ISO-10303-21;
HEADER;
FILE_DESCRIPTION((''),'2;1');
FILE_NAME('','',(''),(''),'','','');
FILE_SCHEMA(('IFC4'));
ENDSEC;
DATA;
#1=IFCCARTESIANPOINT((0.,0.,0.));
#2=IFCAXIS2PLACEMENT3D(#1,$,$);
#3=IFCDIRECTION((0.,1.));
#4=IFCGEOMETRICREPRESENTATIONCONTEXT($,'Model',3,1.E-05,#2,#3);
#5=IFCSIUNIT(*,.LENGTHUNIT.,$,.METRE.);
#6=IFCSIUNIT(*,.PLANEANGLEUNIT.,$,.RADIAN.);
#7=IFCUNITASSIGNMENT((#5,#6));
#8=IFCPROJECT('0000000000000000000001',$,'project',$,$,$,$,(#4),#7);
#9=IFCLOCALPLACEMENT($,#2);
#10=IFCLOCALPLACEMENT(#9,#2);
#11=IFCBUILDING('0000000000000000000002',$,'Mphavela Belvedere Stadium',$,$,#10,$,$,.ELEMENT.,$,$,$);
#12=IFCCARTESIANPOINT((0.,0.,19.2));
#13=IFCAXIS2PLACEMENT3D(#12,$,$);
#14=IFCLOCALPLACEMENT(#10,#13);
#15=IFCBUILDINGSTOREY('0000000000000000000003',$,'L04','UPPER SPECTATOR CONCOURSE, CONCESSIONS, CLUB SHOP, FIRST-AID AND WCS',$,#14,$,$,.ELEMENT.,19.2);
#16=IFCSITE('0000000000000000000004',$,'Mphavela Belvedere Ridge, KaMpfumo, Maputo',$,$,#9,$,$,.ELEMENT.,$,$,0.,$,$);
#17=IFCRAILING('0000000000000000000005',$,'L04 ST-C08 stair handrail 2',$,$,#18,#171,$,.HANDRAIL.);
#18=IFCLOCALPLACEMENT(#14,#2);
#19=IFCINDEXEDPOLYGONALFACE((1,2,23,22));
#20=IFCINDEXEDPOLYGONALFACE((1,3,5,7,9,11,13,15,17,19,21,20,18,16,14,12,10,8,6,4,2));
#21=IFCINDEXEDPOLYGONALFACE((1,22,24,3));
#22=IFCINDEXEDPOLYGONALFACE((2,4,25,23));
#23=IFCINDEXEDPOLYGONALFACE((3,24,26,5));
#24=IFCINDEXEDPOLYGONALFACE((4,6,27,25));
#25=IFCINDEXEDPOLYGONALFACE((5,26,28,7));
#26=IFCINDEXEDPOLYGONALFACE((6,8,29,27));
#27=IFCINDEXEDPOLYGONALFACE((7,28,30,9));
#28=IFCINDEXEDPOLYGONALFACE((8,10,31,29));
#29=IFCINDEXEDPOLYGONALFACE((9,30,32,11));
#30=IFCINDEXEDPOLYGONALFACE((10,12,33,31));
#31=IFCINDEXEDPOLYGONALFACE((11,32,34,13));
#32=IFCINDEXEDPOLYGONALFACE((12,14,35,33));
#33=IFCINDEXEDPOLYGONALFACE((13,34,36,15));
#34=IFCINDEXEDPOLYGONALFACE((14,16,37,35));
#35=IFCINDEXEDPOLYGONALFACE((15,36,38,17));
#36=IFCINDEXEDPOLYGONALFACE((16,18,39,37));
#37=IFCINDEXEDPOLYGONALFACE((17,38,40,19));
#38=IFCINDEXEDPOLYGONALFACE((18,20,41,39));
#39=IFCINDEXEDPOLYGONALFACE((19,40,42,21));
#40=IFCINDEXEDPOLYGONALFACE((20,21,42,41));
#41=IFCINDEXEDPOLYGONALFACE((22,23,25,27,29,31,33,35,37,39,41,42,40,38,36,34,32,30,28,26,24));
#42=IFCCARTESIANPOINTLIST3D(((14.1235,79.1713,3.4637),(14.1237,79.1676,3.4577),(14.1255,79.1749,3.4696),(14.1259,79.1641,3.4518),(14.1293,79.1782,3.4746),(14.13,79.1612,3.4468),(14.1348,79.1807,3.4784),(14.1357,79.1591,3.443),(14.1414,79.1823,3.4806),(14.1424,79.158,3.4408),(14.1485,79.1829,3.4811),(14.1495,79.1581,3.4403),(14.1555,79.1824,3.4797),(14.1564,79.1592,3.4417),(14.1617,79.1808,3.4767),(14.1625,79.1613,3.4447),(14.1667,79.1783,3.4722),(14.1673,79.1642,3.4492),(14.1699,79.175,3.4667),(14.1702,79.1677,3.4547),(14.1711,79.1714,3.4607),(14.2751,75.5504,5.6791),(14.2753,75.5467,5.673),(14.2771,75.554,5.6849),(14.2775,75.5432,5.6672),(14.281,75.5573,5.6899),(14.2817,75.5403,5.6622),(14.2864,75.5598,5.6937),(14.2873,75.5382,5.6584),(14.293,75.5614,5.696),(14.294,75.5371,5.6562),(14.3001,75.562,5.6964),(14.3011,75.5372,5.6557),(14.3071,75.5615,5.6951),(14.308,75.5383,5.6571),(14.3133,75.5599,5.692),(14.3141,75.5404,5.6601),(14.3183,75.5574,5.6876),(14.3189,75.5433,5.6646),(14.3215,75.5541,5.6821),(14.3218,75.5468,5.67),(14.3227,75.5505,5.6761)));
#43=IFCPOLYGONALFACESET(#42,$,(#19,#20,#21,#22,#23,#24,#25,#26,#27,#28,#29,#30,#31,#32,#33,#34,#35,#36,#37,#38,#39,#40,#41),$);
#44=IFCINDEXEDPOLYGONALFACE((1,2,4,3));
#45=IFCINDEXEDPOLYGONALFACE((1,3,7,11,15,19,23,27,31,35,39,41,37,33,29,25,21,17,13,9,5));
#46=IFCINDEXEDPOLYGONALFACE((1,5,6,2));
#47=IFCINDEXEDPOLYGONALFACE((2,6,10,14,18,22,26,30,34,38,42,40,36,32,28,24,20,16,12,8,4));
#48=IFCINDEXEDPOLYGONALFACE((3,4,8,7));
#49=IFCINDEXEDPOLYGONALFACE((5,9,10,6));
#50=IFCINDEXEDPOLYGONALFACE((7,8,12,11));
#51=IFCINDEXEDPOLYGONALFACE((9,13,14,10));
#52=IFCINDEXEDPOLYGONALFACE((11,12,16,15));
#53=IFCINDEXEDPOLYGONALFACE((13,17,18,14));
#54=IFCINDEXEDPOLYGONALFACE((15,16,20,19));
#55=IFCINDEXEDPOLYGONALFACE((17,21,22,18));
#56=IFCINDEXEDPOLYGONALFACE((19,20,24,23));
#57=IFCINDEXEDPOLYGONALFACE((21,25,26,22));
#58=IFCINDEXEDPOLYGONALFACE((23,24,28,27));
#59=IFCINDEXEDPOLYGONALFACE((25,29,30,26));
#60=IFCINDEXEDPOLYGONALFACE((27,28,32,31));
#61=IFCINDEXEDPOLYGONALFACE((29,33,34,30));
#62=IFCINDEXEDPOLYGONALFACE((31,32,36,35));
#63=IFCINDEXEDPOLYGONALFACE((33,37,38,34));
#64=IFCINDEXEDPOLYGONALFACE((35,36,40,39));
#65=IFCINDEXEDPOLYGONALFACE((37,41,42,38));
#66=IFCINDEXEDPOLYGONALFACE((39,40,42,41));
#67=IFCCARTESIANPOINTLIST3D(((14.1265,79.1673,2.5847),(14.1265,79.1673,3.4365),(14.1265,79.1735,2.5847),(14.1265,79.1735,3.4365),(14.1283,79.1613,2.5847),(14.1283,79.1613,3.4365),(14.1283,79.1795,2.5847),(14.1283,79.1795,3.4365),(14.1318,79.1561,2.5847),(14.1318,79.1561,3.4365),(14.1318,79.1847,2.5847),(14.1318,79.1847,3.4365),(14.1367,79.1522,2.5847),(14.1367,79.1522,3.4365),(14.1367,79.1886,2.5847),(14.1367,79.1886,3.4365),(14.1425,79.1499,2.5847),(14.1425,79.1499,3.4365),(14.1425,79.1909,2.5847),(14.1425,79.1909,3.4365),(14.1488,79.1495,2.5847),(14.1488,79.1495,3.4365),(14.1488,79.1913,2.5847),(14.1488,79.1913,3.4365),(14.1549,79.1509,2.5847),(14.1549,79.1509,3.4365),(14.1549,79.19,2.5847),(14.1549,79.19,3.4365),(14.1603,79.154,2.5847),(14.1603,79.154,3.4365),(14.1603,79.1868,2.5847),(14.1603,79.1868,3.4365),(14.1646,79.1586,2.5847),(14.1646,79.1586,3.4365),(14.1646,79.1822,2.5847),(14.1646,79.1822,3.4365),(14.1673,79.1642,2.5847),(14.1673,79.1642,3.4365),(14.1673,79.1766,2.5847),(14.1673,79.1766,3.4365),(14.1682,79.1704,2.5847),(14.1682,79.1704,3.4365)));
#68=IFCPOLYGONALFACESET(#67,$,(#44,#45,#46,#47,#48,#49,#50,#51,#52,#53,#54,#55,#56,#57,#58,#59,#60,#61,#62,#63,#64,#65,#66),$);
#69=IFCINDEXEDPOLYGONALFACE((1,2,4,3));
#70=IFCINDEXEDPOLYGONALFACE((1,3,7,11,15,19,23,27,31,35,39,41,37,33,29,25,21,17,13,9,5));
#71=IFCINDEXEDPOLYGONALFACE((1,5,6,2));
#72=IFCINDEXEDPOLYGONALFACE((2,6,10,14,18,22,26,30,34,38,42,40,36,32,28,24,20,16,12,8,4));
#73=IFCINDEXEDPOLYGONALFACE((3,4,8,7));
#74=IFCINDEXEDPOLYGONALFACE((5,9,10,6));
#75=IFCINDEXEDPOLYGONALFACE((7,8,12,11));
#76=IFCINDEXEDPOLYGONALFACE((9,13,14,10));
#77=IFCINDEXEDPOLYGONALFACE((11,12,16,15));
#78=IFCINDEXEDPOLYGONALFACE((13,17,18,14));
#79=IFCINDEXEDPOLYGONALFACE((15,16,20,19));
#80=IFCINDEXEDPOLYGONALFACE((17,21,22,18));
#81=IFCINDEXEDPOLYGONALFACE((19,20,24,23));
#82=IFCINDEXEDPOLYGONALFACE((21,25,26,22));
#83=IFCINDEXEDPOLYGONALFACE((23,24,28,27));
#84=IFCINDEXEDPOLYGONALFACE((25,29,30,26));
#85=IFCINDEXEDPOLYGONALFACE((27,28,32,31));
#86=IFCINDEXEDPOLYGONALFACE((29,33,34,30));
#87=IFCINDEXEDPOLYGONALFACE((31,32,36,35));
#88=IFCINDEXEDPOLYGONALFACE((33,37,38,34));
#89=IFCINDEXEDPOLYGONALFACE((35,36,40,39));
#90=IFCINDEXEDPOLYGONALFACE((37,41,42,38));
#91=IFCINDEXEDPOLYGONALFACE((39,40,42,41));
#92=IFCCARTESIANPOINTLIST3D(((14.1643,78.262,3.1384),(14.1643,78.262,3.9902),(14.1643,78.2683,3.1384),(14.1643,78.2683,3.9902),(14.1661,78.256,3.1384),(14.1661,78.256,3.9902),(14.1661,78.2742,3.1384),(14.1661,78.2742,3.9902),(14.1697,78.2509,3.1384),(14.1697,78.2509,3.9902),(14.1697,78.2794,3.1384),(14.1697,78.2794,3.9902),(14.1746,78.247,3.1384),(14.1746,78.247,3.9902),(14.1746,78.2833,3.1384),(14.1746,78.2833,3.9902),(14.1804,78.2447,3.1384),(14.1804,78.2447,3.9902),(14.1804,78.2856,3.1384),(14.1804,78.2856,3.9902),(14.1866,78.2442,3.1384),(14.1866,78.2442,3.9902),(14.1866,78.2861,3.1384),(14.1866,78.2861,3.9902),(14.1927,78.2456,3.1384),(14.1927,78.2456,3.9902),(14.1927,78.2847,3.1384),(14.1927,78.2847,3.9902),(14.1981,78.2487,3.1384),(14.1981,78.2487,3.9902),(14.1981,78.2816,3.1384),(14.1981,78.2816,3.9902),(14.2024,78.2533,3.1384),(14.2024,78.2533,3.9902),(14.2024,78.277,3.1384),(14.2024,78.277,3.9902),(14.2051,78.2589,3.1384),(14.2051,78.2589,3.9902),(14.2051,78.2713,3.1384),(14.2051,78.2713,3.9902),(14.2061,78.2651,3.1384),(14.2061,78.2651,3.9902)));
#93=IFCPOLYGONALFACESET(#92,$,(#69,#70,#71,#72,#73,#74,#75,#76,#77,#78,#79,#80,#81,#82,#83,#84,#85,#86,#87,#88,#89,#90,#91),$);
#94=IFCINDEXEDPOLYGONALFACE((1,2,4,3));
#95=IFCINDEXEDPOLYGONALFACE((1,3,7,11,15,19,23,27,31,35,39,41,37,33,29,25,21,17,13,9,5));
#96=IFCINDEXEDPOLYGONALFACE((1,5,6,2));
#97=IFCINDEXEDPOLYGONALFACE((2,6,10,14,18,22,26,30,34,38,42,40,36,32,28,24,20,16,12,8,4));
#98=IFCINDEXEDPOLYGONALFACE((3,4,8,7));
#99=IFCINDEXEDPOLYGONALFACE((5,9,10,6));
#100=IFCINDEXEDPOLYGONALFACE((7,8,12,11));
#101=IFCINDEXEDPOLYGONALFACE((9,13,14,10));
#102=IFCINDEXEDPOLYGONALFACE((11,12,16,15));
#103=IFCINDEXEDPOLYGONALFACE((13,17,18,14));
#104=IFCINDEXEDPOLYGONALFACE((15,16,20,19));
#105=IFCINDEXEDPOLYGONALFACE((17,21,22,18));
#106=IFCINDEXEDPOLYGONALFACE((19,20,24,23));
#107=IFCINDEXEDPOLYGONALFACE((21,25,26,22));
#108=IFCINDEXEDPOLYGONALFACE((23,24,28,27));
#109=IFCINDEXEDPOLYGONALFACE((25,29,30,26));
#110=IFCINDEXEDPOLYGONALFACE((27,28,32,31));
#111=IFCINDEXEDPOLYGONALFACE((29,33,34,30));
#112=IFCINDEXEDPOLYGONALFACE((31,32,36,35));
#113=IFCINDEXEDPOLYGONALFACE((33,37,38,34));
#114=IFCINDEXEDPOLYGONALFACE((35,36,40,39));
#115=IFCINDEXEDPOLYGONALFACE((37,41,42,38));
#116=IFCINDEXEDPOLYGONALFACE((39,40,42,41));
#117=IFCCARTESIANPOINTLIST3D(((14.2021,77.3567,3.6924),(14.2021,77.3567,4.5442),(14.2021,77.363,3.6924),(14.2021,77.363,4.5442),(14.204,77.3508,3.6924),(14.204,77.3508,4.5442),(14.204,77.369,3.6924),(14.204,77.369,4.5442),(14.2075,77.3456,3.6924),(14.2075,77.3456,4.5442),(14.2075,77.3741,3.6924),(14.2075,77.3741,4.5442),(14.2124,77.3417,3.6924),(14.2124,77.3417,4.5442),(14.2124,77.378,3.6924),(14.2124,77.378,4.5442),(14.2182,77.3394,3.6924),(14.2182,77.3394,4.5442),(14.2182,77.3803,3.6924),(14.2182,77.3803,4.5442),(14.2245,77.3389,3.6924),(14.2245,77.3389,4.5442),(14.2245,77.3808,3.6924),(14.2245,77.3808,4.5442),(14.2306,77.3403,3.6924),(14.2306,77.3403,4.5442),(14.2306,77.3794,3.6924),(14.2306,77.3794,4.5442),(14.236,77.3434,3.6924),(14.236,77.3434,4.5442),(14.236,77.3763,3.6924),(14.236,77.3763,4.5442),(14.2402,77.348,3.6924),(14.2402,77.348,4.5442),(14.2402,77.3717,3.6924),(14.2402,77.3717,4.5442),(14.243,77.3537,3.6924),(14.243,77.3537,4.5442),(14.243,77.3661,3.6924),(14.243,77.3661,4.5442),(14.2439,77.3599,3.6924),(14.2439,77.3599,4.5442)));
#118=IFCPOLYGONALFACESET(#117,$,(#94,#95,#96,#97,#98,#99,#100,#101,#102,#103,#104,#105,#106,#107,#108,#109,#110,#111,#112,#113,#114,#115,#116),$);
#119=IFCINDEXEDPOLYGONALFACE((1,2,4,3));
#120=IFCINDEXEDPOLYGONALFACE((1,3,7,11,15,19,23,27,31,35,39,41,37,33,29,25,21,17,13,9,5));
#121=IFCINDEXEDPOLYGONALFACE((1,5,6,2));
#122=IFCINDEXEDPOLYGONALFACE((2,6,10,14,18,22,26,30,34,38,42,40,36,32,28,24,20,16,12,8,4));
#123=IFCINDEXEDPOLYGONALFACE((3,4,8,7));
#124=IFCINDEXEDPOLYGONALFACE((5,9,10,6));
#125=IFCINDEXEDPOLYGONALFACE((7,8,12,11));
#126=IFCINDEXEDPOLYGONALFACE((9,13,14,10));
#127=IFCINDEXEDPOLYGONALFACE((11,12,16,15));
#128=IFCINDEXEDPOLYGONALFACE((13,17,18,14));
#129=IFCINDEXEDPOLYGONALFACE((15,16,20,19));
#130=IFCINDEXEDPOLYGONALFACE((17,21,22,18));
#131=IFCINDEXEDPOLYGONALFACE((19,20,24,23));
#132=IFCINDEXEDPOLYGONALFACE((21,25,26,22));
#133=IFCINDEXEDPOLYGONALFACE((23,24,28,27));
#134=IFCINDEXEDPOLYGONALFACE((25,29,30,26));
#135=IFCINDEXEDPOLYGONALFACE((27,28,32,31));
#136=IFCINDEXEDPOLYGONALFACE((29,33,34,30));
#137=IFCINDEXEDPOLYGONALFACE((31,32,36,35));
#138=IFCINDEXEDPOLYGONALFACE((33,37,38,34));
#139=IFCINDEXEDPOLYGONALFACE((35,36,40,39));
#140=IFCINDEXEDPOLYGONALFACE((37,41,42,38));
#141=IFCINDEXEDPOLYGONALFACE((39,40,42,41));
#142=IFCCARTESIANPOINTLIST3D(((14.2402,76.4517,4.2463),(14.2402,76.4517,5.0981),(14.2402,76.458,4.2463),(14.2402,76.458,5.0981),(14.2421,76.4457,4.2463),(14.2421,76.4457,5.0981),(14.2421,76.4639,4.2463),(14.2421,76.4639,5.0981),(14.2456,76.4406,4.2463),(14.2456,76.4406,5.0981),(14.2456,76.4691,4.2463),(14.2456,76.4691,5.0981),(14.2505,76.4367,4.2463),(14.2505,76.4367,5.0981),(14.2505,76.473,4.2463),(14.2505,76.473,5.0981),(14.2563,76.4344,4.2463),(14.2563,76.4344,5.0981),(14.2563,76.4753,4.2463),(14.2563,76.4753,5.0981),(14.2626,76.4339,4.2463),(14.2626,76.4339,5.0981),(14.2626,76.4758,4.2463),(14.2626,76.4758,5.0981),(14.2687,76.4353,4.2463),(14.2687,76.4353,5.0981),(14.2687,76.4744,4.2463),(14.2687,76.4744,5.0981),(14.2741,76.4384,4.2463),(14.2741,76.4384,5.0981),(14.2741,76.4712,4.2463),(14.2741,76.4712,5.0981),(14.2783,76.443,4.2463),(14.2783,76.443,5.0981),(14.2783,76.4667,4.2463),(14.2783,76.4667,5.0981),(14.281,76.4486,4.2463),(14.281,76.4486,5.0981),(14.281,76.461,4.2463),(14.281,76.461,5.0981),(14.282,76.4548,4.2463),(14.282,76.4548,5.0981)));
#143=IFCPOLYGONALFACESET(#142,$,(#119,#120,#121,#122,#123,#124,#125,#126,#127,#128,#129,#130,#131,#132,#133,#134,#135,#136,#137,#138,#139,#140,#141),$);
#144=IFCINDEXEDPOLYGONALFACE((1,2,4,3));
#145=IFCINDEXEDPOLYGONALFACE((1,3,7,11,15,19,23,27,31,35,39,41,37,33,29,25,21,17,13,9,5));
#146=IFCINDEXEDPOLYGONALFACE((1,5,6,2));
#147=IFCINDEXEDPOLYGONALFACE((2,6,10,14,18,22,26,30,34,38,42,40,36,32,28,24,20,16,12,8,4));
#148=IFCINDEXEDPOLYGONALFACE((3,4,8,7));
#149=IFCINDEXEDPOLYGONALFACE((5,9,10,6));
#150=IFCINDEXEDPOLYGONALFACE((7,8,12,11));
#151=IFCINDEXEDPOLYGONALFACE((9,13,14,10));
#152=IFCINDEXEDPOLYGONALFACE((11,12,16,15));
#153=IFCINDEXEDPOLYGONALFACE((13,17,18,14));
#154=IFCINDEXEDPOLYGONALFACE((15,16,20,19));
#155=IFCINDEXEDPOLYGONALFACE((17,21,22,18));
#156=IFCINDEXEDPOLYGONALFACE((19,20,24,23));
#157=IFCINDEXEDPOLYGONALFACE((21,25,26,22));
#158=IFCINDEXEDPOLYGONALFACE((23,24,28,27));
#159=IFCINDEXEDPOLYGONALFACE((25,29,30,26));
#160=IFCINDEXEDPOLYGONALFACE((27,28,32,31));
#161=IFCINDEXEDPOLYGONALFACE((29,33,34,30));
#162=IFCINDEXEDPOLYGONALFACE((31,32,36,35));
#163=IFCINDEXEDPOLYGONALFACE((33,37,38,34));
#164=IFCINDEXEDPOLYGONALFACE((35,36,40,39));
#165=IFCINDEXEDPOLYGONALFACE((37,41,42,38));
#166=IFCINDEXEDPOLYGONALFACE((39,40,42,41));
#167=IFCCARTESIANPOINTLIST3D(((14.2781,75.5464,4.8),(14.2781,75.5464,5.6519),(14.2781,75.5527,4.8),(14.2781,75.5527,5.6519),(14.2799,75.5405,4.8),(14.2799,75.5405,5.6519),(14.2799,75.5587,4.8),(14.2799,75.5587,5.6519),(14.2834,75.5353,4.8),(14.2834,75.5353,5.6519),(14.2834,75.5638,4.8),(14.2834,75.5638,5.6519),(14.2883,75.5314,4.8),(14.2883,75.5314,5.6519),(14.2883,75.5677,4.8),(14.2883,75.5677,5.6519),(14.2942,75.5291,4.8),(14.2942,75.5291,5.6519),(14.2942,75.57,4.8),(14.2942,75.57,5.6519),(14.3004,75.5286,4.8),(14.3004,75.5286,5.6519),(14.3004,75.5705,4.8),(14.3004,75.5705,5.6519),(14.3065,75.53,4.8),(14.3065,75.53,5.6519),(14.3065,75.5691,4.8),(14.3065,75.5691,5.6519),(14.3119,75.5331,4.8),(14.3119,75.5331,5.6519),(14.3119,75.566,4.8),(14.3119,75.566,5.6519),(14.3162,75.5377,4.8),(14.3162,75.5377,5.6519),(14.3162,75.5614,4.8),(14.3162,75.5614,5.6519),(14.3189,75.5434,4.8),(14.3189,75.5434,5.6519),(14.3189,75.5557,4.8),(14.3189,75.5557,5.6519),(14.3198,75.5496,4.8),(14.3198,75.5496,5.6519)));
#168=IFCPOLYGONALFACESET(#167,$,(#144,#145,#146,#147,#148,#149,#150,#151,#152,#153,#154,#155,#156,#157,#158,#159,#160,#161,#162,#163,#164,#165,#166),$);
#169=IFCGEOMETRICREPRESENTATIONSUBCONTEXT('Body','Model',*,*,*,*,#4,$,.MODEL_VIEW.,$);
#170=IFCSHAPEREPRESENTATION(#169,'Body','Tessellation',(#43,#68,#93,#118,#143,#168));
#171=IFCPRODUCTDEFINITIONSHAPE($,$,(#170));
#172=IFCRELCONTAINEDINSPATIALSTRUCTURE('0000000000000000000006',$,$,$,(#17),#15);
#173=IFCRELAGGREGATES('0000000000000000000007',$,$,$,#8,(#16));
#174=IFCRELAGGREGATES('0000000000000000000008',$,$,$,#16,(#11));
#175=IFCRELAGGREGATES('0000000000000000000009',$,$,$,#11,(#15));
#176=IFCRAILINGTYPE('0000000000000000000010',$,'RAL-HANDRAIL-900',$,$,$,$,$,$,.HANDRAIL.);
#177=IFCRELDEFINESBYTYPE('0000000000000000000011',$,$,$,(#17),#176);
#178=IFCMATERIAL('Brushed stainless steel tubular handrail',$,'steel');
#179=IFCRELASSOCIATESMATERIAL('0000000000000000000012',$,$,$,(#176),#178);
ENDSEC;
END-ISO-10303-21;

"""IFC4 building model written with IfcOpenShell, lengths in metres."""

from ifc_helpers import new_model, si_unit, direction, frame, origin, origin_2d, place, context, subcontext, project, spatial, circle, extrude, material, type_object, element, save


model = new_model("IFC4")

# Units and contexts
model_context = context("Model", 3, precision=1e-05, world=origin(), true_north=direction((0.0, 1.0)))
body_context = subcontext(model_context, "Body", "Model", "MODEL_VIEW")
ifc_project = project(units=[si_unit("LENGTHUNIT", "METRE"), si_unit("PLANEANGLEUNIT", "RADIAN")], contexts=[model_context])

# Site, building, storey
site_placement = place(None, origin())
site = spatial("IfcSite", under=ifc_project, at=site_placement, Name="Mphavela Belvedere Ridge, KaMpfumo, Maputo", CompositionType="ELEMENT", RefElevation=0.0)
building_placement = place(site_placement, origin())
building = spatial("IfcBuilding", under=site, at=building_placement, Name="Mphavela Belvedere Stadium", CompositionType="ELEMENT")
storey_placement = place(building_placement, frame((0.0, 0.0, 19.2)))
storey = spatial("IfcBuildingStorey", under=building, at=storey_placement, Name="L04", Description="UPPER SPECTATOR CONCOURSE, CONCESSIONS, CLUB SHOP, FIRST-AID AND WCS", CompositionType="ELEMENT", Elevation=19.2)

# Railing
ifc_material_1 = material(Name="Brushed stainless steel tubular handrail", Category="steel")
railing_type_1 = type_object("IfcRailingType", Name="RAL-HANDRAIL-900", PredefinedType="HANDRAIL", material=ifc_material_1)
railing_1_placement = place(storey_placement, frame((14.1472, 79.1704, 2.5847)))
element("IfcRailing", 1, at=railing_1_placement, inside=storey, type_object=railing_type_1, Name="L04 ST-C08 stair handrail 2", PredefinedType="HANDRAIL", context=body_context, shape_type="SweptSolid", body=[
    extrude(circle(Radius=0.0239, at=origin_2d()), frame((0.0, 0.0, 0.876), z_axis=(0.035694, -0.852467, 0.521562), x_axis=(0.999125, 0.041835, 0.0)), (0.0, 0.0, 1.0), 4.2476),
    extrude(circle(Radius=0.021, at=origin_2d()), origin(), (0.0, 0.0, 1.0), 0.8518),
    extrude(circle(Radius=0.021, at=origin_2d()), frame((0.0378, -0.9053, 0.5537)), (0.0, 0.0, 1.0), 0.8518),
    extrude(circle(Radius=0.021, at=origin_2d()), frame((0.0757, -1.8105, 1.1077)), (0.0, 0.0, 1.0), 0.8518),
    extrude(circle(Radius=0.021, at=origin_2d()), frame((0.1138, -2.7156, 1.6616)), (0.0, 0.0, 1.0), 0.8518),
    extrude(circle(Radius=0.021, at=origin_2d()), frame((0.1516, -3.6208, 2.2153)), (0.0, 0.0, 1.0), 0.8518),
])

save(model, "model.ifc")
